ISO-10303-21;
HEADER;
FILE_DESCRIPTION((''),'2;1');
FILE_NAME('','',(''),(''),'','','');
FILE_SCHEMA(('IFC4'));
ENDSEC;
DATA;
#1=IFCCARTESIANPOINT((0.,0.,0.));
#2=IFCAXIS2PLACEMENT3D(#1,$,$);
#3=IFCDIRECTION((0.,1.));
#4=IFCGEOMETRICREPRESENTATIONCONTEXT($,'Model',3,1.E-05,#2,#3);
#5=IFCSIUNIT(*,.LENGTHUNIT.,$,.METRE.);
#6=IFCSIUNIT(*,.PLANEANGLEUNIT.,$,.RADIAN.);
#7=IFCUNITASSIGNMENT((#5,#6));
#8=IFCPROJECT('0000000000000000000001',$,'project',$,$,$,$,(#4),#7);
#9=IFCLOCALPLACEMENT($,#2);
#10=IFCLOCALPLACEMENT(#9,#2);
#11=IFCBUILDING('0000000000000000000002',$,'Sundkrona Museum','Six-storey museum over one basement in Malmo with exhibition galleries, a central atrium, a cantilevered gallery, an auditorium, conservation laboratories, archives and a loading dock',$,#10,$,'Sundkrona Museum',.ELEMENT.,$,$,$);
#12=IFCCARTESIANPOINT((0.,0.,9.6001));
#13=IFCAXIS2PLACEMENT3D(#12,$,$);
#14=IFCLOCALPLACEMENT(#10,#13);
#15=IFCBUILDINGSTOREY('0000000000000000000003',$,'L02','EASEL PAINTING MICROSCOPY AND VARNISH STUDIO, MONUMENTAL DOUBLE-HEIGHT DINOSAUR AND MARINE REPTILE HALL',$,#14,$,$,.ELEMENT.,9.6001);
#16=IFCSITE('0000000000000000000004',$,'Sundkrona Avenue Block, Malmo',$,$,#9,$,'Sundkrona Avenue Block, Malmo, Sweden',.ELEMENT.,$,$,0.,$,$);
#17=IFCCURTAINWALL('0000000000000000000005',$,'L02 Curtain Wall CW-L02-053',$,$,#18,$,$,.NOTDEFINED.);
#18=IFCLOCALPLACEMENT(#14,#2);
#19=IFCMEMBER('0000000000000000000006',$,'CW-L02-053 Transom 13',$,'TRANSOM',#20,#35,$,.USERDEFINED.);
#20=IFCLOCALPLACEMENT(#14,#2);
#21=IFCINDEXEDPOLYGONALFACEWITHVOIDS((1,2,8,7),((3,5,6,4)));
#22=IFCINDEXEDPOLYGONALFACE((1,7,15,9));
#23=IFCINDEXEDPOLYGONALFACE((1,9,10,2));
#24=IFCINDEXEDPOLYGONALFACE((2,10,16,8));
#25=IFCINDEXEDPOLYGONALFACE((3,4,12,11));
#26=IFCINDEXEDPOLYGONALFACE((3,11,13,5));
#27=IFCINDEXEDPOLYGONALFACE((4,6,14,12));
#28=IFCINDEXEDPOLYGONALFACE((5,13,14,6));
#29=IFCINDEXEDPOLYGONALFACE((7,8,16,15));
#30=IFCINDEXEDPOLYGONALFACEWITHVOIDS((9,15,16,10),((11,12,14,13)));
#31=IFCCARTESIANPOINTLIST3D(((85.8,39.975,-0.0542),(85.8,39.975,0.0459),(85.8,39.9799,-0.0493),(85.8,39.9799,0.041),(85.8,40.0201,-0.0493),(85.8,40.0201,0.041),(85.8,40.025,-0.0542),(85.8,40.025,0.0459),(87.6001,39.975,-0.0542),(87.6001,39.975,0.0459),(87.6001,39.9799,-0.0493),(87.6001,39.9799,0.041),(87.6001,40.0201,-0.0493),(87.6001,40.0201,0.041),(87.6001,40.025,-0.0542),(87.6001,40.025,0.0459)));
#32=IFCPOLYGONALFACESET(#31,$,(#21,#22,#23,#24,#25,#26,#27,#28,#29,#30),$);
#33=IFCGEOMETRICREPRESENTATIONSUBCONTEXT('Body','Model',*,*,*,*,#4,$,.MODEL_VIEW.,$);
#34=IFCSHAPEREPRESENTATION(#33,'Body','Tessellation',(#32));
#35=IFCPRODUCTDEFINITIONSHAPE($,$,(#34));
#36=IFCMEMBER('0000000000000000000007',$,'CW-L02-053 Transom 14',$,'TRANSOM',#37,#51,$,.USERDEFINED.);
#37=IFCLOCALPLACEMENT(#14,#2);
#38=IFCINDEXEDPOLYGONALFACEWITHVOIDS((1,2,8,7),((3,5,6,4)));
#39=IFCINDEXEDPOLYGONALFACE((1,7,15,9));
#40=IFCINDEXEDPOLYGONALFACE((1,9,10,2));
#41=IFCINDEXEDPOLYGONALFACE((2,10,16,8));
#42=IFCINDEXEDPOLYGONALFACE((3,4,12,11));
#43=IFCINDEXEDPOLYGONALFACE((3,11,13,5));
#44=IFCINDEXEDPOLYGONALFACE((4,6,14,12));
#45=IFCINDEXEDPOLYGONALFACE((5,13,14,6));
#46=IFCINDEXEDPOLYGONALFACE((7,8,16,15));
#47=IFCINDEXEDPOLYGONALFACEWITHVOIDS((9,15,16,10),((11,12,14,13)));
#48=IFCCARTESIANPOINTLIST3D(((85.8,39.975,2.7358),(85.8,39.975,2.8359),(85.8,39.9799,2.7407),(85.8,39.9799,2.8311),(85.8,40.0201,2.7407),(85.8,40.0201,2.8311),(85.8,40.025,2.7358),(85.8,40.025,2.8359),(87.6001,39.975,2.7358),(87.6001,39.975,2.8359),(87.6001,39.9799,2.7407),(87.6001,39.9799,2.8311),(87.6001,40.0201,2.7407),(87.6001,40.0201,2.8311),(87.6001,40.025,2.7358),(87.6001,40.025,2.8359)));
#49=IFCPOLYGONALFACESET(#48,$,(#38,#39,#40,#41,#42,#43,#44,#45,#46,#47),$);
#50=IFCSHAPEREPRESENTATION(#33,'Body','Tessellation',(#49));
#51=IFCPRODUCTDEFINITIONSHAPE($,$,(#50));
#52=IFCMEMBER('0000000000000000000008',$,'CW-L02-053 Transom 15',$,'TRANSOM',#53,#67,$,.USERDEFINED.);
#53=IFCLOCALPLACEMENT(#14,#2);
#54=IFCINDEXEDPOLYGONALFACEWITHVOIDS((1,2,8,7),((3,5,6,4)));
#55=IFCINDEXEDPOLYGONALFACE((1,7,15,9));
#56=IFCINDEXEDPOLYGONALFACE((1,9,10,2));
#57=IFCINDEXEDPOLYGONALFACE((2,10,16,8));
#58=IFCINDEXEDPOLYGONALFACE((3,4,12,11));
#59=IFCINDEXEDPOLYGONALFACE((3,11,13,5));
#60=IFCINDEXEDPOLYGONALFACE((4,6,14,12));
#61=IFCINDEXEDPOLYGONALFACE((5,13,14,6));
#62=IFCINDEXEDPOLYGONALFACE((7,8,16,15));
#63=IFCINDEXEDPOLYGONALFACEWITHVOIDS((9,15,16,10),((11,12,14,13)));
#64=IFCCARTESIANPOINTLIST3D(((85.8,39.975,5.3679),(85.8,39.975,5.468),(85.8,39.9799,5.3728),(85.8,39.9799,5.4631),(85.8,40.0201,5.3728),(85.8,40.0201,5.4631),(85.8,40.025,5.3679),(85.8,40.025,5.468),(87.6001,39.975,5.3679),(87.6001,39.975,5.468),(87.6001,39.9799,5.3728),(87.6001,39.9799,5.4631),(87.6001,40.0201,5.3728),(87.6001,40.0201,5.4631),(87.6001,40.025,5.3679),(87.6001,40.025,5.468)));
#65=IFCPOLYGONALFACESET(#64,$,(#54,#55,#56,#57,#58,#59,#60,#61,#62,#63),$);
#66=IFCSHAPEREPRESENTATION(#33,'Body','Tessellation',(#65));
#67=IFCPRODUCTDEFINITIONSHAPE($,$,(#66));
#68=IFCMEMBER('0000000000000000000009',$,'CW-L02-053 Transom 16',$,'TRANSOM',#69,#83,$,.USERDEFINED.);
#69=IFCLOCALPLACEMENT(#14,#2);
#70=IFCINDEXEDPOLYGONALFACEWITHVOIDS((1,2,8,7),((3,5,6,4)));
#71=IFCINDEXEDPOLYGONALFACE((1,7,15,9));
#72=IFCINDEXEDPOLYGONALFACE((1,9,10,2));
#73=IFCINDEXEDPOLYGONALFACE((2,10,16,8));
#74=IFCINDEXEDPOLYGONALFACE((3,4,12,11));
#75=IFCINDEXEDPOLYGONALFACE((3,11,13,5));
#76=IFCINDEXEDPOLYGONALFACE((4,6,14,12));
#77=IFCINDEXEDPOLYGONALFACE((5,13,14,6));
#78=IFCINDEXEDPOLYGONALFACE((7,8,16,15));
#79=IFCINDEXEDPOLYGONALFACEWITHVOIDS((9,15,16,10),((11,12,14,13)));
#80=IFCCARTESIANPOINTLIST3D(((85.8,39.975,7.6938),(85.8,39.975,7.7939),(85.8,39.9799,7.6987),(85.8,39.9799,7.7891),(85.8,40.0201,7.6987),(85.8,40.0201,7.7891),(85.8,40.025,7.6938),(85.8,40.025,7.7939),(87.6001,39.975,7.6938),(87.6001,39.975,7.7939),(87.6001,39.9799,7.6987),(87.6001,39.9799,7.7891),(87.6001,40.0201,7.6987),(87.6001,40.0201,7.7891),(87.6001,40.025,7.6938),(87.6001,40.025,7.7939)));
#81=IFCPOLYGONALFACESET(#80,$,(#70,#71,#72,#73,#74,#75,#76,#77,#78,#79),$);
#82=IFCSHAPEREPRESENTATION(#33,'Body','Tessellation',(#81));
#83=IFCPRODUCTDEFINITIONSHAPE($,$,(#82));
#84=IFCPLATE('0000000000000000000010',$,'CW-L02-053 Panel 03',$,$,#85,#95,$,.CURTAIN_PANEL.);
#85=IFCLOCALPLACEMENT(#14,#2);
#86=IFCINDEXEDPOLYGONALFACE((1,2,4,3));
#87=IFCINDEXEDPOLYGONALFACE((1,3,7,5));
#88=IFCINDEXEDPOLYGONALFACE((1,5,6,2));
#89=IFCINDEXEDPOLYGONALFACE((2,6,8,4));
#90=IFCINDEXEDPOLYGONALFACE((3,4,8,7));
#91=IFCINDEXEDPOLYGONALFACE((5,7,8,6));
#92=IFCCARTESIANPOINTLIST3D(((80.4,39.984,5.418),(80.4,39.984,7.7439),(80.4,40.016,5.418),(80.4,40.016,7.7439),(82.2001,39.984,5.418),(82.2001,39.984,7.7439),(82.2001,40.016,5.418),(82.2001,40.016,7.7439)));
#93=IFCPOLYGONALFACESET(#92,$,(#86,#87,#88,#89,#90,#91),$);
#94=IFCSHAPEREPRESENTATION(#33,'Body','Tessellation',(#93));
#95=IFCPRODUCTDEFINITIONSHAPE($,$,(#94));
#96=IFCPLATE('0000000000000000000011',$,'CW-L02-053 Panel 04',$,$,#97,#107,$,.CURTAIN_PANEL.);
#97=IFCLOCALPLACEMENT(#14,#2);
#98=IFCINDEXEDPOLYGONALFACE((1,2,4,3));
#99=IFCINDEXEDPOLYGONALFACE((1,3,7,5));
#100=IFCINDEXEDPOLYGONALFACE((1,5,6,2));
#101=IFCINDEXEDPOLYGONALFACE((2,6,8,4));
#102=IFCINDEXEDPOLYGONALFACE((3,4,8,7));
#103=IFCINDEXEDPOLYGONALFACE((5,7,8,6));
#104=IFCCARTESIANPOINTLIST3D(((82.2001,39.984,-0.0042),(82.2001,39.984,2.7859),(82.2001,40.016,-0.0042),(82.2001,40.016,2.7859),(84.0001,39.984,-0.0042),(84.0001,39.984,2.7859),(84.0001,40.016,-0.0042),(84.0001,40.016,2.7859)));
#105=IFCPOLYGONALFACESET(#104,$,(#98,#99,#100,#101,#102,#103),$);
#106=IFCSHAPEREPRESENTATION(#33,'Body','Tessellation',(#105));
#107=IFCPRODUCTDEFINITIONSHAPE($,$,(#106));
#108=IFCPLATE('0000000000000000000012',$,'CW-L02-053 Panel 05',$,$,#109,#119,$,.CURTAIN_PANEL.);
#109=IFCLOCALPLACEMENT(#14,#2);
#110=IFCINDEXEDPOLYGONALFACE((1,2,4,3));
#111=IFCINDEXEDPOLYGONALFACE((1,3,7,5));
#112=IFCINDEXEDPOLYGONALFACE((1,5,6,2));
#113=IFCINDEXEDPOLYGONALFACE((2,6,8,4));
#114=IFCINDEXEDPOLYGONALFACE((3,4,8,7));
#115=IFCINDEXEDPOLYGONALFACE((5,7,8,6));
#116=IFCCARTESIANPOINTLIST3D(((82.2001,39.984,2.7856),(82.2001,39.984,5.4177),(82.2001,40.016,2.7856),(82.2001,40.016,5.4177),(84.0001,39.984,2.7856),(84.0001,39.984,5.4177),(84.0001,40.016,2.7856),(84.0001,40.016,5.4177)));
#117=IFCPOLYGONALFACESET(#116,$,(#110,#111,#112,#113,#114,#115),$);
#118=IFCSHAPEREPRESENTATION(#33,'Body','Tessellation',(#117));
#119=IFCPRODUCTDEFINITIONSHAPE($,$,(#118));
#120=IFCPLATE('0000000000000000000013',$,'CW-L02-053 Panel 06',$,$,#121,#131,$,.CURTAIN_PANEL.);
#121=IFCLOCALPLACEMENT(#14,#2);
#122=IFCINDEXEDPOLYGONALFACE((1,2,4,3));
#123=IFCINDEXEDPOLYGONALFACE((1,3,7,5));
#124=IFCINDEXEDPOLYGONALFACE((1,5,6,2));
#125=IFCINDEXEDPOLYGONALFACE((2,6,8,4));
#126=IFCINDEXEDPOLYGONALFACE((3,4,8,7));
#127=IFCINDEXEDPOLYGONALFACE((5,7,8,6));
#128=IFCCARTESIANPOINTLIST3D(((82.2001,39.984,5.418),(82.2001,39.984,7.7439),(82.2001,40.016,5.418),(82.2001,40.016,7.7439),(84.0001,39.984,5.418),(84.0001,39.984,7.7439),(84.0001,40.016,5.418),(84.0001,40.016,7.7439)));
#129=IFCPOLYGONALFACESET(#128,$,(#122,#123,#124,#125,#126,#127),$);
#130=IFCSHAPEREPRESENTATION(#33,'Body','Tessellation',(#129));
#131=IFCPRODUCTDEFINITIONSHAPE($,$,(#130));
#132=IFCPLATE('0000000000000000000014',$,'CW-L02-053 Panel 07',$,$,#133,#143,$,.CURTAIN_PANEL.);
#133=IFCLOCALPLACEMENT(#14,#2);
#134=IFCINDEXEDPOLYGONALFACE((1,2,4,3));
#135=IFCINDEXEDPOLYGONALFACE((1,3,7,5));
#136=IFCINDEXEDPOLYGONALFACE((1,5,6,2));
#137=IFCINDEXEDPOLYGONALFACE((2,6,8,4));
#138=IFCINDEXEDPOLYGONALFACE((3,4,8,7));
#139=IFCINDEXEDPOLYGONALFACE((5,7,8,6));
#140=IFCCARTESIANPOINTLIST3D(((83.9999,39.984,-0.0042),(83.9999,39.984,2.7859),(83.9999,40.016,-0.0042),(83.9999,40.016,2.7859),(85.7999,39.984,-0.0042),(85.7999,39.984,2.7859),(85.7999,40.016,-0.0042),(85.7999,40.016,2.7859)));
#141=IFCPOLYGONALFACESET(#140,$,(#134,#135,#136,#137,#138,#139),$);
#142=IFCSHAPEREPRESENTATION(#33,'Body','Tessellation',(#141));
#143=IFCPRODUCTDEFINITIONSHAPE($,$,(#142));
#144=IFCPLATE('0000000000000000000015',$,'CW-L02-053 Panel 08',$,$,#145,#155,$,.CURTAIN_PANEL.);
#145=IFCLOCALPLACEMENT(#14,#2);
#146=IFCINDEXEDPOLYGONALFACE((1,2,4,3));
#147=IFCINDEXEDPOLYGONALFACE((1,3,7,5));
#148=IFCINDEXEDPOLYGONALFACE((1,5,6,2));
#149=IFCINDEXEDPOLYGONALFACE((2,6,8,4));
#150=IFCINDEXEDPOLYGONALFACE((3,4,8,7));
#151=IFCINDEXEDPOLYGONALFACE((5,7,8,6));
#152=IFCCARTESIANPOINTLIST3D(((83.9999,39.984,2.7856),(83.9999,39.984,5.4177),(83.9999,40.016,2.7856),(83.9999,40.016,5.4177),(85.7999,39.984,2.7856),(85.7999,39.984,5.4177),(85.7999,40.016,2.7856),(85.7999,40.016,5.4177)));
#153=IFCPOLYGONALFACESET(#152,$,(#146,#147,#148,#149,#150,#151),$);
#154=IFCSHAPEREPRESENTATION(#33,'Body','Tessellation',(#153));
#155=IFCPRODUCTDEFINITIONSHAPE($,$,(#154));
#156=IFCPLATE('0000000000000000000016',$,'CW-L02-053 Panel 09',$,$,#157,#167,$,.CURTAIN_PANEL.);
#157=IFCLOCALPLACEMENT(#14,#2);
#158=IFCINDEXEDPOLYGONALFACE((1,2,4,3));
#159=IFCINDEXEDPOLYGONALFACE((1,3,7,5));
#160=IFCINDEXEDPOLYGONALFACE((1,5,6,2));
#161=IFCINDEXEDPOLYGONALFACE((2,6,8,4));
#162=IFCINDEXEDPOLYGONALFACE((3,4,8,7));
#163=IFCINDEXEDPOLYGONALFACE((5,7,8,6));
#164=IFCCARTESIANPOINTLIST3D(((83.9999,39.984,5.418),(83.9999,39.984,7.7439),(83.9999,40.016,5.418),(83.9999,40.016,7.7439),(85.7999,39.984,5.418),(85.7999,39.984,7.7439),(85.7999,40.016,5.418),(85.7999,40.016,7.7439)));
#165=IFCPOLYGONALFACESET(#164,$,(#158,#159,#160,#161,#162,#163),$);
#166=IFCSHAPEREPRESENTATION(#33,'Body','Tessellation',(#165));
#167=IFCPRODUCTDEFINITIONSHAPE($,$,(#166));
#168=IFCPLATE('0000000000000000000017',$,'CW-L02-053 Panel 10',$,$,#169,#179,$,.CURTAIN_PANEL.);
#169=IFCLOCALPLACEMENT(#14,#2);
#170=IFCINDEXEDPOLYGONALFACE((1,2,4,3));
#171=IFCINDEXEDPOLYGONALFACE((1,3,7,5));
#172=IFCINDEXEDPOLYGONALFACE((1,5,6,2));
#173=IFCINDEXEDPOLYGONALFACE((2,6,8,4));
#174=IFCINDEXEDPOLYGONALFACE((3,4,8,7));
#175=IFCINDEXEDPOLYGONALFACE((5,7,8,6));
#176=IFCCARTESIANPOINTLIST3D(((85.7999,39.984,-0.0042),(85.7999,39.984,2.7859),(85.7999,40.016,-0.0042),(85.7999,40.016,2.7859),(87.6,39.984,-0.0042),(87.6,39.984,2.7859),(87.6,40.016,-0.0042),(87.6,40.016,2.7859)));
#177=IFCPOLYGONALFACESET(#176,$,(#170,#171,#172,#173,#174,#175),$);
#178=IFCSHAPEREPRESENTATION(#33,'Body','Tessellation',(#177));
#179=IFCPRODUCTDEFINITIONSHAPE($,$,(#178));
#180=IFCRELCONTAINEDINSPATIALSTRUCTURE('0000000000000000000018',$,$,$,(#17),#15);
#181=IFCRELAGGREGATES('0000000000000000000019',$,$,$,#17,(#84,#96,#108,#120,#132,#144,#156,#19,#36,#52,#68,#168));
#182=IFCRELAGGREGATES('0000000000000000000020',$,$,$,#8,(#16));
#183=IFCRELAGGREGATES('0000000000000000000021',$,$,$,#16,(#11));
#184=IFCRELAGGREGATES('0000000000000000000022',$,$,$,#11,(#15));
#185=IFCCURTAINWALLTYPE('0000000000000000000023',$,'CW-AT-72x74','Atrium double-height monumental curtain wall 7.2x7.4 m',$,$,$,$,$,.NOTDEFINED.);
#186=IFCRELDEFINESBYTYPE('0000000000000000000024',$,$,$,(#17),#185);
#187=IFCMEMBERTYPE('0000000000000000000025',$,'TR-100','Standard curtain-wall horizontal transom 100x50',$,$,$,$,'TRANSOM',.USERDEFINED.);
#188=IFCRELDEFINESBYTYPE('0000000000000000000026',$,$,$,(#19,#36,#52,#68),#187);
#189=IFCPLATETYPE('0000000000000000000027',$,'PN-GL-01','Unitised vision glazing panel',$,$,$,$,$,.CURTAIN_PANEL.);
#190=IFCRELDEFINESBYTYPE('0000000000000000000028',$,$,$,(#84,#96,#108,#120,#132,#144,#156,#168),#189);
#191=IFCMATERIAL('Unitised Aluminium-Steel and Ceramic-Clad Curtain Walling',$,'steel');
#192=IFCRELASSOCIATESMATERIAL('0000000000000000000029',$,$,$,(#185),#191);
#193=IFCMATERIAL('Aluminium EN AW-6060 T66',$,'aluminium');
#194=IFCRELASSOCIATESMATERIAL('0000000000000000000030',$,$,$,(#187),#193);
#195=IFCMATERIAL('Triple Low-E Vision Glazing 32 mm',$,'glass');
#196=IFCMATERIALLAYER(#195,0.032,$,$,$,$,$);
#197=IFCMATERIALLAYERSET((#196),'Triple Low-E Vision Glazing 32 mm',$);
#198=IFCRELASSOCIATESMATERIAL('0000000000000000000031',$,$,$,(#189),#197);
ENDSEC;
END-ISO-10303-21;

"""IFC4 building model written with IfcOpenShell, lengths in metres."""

from ifc_helpers import new_model, si_unit, direction, frame, origin, origin_2d, place, context, subcontext, project, spatial, rectangle, hollow_rectangle, extrude, material, layer, layer_set, material_profile, profile_set, type_object, element, aggregate, save


model = new_model("IFC4")

# Units and contexts
model_context = context("Model", 3, precision=1e-05, world=origin(), true_north=direction((0.0, 1.0)))
body_context = subcontext(model_context, "Body", "Model", "MODEL_VIEW")
ifc_project = project(units=[si_unit("LENGTHUNIT", "METRE"), si_unit("PLANEANGLEUNIT", "RADIAN")], contexts=[model_context])

# Site, building, storey
site_placement = place(None, origin())
site = spatial("IfcSite", under=ifc_project, at=site_placement, Name="Sundkrona Avenue Block, Malmo", LongName="Sundkrona Avenue Block, Malmo, Sweden", CompositionType="ELEMENT", RefElevation=0.0)
building_placement = place(site_placement, origin())
building = spatial("IfcBuilding", under=site, at=building_placement, Name="Sundkrona Museum", Description="Six-storey museum over one basement in Malmo with exhibition galleries, a central atrium, a cantilevered gallery, an auditorium, conservation laboratories, archives and a loading dock", LongName="Sundkrona Museum", CompositionType="ELEMENT")
storey_placement = place(building_placement, frame((0.0, 0.0, 9.6001)))
storey = spatial("IfcBuildingStorey", under=building, at=storey_placement, Name="L02", Description="EASEL PAINTING MICROSCOPY AND VARNISH STUDIO, MONUMENTAL DOUBLE-HEIGHT DINOSAUR AND MARINE REPTILE HALL", CompositionType="ELEMENT", Elevation=9.6001)

# Curtain wall, members, plates
ifc_material_1 = material(Name="Unitised Aluminium-Steel and Ceramic-Clad Curtain Walling", Category="steel")
curtain_wall_type = type_object("IfcCurtainWallType", Name="CW-AT-72x74", Description="Atrium double-height monumental curtain wall 7.2x7.4 m", PredefinedType="NOTDEFINED", material=ifc_material_1)
curtain_wall_placement = place(storey_placement, origin())
curtain_wall = element("IfcCurtainWall", 1, at=curtain_wall_placement, inside=storey, type_object=curtain_wall_type, Name="L02 Curtain Wall CW-L02-053", PredefinedType="NOTDEFINED")
ifc_material_2 = material(Name="Aluminium EN AW-6060 T66", Category="aluminium")
ifc_material_profile_1 = material_profile(ifc_material_2, hollow_rectangle(XDim=0.05, YDim=0.1001, WallThickness=0.0049, at=origin_2d()), Name="RHS 100x50x5.0")
ifc_profile_set_1 = profile_set([ifc_material_profile_1], Name="Aluminium EN AW-6060 T66")
member_type_1 = type_object("IfcMemberType", Name="TR-100", Description="Standard curtain-wall horizontal transom 100x50", ElementType="TRANSOM", PredefinedType="USERDEFINED", material=ifc_profile_set_1)
member_1_placement = place(storey_placement, frame((85.8, 40.0, -0.0042), z_axis=(1.0, 0.0, 0.0), x_axis=(0.0, 1.0, 0.0)))
member_1 = element("IfcMember", 2, at=member_1_placement, type_object=member_type_1, Name="CW-L02-053 Transom 13", ObjectType="TRANSOM", PredefinedType="USERDEFINED", context=body_context, shape_type="SweptSolid", body=[
    extrude(hollow_rectangle(XDim=0.05, YDim=0.1001, WallThickness=0.0049, at=origin_2d()), origin(), (0.0, 0.0, 1.0), 1.8),
])
member_2_placement = place(storey_placement, frame((85.8, 40.0, 2.7859), z_axis=(1.0, 0.0, 0.0), x_axis=(0.0, 1.0, 0.0)))
member_2 = element("IfcMember", 3, at=member_2_placement, type_object=member_type_1, Name="CW-L02-053 Transom 14", ObjectType="TRANSOM", PredefinedType="USERDEFINED", context=body_context, shape_type="SweptSolid", body=[
    extrude(hollow_rectangle(XDim=0.05, YDim=0.1001, WallThickness=0.0049, at=origin_2d()), origin(), (0.0, 0.0, 1.0), 1.8),
])
member_3_placement = place(storey_placement, frame((85.8, 40.0, 5.418), z_axis=(1.0, 0.0, 0.0), x_axis=(0.0, 1.0, 0.0)))
member_3 = element("IfcMember", 4, at=member_3_placement, type_object=member_type_1, Name="CW-L02-053 Transom 15", ObjectType="TRANSOM", PredefinedType="USERDEFINED", context=body_context, shape_type="SweptSolid", body=[
    extrude(hollow_rectangle(XDim=0.05, YDim=0.1001, WallThickness=0.0049, at=origin_2d()), origin(), (0.0, 0.0, 1.0), 1.8),
])
member_4_placement = place(storey_placement, frame((85.8, 40.0, 7.7439), z_axis=(1.0, 0.0, 0.0), x_axis=(0.0, 1.0, 0.0)))
member_4 = element("IfcMember", 5, at=member_4_placement, type_object=member_type_1, Name="CW-L02-053 Transom 16", ObjectType="TRANSOM", PredefinedType="USERDEFINED", context=body_context, shape_type="SweptSolid", body=[
    extrude(hollow_rectangle(XDim=0.05, YDim=0.1001, WallThickness=0.0049, at=origin_2d()), origin(), (0.0, 0.0, 1.0), 1.8),
])
ifc_material_3 = material(Name="Triple Low-E Vision Glazing 32 mm", Category="glass")
ifc_layer = layer(ifc_material_3, 0.032)
ifc_layer_set = layer_set([ifc_layer], Name="Triple Low-E Vision Glazing 32 mm")
plate_type = type_object("IfcPlateType", Name="PN-GL-01", Description="Unitised vision glazing panel", PredefinedType="CURTAIN_PANEL", material=ifc_layer_set)
plate_1_placement = place(storey_placement, frame((81.3, 40.0, 5.418), z_axis=(0.0, 0.0, 1.0), x_axis=(1.0, 0.0, 0.0)))
plate_1 = element("IfcPlate", 6, at=plate_1_placement, type_object=plate_type, Name="CW-L02-053 Panel 03", PredefinedType="CURTAIN_PANEL", context=body_context, shape_type="SweptSolid", body=[
    extrude(rectangle(XDim=1.8, YDim=0.032, at=origin_2d()), origin(), (0.0, 0.0, 1.0), 2.3259),
])
plate_2_placement = place(storey_placement, frame((83.1001, 40.0, -0.0042), z_axis=(0.0, 0.0, 1.0), x_axis=(1.0, 0.0, 0.0)))
plate_2 = element("IfcPlate", 7, at=plate_2_placement, type_object=plate_type, Name="CW-L02-053 Panel 04", PredefinedType="CURTAIN_PANEL", context=body_context, shape_type="SweptSolid", body=[
    extrude(rectangle(XDim=1.8, YDim=0.032, at=origin_2d()), origin(), (0.0, 0.0, 1.0), 2.79),
])
plate_3_placement = place(storey_placement, frame((83.1001, 40.0, 2.7856), z_axis=(0.0, 0.0, 1.0), x_axis=(1.0, 0.0, 0.0)))
plate_3 = element("IfcPlate", 8, at=plate_3_placement, type_object=plate_type, Name="CW-L02-053 Panel 05", PredefinedType="CURTAIN_PANEL", context=body_context, shape_type="SweptSolid", body=[
    extrude(rectangle(XDim=1.8, YDim=0.032, at=origin_2d()), origin(), (0.0, 0.0, 1.0), 2.6321),
])
plate_4_placement = place(storey_placement, frame((83.1001, 40.0, 5.418), z_axis=(0.0, 0.0, 1.0), x_axis=(1.0, 0.0, 0.0)))
plate_4 = element("IfcPlate", 9, at=plate_4_placement, type_object=plate_type, Name="CW-L02-053 Panel 06", PredefinedType="CURTAIN_PANEL", context=body_context, shape_type="SweptSolid", body=[
    extrude(rectangle(XDim=1.8, YDim=0.032, at=origin_2d()), origin(), (0.0, 0.0, 1.0), 2.3259),
])
plate_5_placement = place(storey_placement, frame((84.8999, 40.0, -0.0042), z_axis=(0.0, 0.0, 1.0), x_axis=(1.0, 0.0, 0.0)))
plate_5 = element("IfcPlate", 10, at=plate_5_placement, type_object=plate_type, Name="CW-L02-053 Panel 07", PredefinedType="CURTAIN_PANEL", context=body_context, shape_type="SweptSolid", body=[
    extrude(rectangle(XDim=1.8, YDim=0.032, at=origin_2d()), origin(), (0.0, 0.0, 1.0), 2.79),
])
plate_6_placement = place(storey_placement, frame((84.8999, 40.0, 2.7856), z_axis=(0.0, 0.0, 1.0), x_axis=(1.0, 0.0, 0.0)))
plate_6 = element("IfcPlate", 11, at=plate_6_placement, type_object=plate_type, Name="CW-L02-053 Panel 08", PredefinedType="CURTAIN_PANEL", context=body_context, shape_type="SweptSolid", body=[
    extrude(rectangle(XDim=1.8, YDim=0.032, at=origin_2d()), origin(), (0.0, 0.0, 1.0), 2.6321),
])
plate_7_placement = place(storey_placement, frame((84.8999, 40.0, 5.418), z_axis=(0.0, 0.0, 1.0), x_axis=(1.0, 0.0, 0.0)))
plate_7 = element("IfcPlate", 12, at=plate_7_placement, type_object=plate_type, Name="CW-L02-053 Panel 09", PredefinedType="CURTAIN_PANEL", context=body_context, shape_type="SweptSolid", body=[
    extrude(rectangle(XDim=1.8, YDim=0.032, at=origin_2d()), origin(), (0.0, 0.0, 1.0), 2.3259),
])
plate_8_placement = place(storey_placement, frame((86.7, 40.0, -0.0042), z_axis=(0.0, 0.0, 1.0), x_axis=(1.0, 0.0, 0.0)))
plate_8 = element("IfcPlate", 13, at=plate_8_placement, type_object=plate_type, Name="CW-L02-053 Panel 10", PredefinedType="CURTAIN_PANEL", context=body_context, shape_type="SweptSolid", body=[
    extrude(rectangle(XDim=1.8, YDim=0.032, at=origin_2d()), origin(), (0.0, 0.0, 1.0), 2.79),
])
aggregate(curtain_wall, [plate_1, plate_2, plate_3, plate_4, plate_5, plate_6, plate_7, member_1, member_2, member_3, member_4, plate_8])

save(model, "model.ifc")
